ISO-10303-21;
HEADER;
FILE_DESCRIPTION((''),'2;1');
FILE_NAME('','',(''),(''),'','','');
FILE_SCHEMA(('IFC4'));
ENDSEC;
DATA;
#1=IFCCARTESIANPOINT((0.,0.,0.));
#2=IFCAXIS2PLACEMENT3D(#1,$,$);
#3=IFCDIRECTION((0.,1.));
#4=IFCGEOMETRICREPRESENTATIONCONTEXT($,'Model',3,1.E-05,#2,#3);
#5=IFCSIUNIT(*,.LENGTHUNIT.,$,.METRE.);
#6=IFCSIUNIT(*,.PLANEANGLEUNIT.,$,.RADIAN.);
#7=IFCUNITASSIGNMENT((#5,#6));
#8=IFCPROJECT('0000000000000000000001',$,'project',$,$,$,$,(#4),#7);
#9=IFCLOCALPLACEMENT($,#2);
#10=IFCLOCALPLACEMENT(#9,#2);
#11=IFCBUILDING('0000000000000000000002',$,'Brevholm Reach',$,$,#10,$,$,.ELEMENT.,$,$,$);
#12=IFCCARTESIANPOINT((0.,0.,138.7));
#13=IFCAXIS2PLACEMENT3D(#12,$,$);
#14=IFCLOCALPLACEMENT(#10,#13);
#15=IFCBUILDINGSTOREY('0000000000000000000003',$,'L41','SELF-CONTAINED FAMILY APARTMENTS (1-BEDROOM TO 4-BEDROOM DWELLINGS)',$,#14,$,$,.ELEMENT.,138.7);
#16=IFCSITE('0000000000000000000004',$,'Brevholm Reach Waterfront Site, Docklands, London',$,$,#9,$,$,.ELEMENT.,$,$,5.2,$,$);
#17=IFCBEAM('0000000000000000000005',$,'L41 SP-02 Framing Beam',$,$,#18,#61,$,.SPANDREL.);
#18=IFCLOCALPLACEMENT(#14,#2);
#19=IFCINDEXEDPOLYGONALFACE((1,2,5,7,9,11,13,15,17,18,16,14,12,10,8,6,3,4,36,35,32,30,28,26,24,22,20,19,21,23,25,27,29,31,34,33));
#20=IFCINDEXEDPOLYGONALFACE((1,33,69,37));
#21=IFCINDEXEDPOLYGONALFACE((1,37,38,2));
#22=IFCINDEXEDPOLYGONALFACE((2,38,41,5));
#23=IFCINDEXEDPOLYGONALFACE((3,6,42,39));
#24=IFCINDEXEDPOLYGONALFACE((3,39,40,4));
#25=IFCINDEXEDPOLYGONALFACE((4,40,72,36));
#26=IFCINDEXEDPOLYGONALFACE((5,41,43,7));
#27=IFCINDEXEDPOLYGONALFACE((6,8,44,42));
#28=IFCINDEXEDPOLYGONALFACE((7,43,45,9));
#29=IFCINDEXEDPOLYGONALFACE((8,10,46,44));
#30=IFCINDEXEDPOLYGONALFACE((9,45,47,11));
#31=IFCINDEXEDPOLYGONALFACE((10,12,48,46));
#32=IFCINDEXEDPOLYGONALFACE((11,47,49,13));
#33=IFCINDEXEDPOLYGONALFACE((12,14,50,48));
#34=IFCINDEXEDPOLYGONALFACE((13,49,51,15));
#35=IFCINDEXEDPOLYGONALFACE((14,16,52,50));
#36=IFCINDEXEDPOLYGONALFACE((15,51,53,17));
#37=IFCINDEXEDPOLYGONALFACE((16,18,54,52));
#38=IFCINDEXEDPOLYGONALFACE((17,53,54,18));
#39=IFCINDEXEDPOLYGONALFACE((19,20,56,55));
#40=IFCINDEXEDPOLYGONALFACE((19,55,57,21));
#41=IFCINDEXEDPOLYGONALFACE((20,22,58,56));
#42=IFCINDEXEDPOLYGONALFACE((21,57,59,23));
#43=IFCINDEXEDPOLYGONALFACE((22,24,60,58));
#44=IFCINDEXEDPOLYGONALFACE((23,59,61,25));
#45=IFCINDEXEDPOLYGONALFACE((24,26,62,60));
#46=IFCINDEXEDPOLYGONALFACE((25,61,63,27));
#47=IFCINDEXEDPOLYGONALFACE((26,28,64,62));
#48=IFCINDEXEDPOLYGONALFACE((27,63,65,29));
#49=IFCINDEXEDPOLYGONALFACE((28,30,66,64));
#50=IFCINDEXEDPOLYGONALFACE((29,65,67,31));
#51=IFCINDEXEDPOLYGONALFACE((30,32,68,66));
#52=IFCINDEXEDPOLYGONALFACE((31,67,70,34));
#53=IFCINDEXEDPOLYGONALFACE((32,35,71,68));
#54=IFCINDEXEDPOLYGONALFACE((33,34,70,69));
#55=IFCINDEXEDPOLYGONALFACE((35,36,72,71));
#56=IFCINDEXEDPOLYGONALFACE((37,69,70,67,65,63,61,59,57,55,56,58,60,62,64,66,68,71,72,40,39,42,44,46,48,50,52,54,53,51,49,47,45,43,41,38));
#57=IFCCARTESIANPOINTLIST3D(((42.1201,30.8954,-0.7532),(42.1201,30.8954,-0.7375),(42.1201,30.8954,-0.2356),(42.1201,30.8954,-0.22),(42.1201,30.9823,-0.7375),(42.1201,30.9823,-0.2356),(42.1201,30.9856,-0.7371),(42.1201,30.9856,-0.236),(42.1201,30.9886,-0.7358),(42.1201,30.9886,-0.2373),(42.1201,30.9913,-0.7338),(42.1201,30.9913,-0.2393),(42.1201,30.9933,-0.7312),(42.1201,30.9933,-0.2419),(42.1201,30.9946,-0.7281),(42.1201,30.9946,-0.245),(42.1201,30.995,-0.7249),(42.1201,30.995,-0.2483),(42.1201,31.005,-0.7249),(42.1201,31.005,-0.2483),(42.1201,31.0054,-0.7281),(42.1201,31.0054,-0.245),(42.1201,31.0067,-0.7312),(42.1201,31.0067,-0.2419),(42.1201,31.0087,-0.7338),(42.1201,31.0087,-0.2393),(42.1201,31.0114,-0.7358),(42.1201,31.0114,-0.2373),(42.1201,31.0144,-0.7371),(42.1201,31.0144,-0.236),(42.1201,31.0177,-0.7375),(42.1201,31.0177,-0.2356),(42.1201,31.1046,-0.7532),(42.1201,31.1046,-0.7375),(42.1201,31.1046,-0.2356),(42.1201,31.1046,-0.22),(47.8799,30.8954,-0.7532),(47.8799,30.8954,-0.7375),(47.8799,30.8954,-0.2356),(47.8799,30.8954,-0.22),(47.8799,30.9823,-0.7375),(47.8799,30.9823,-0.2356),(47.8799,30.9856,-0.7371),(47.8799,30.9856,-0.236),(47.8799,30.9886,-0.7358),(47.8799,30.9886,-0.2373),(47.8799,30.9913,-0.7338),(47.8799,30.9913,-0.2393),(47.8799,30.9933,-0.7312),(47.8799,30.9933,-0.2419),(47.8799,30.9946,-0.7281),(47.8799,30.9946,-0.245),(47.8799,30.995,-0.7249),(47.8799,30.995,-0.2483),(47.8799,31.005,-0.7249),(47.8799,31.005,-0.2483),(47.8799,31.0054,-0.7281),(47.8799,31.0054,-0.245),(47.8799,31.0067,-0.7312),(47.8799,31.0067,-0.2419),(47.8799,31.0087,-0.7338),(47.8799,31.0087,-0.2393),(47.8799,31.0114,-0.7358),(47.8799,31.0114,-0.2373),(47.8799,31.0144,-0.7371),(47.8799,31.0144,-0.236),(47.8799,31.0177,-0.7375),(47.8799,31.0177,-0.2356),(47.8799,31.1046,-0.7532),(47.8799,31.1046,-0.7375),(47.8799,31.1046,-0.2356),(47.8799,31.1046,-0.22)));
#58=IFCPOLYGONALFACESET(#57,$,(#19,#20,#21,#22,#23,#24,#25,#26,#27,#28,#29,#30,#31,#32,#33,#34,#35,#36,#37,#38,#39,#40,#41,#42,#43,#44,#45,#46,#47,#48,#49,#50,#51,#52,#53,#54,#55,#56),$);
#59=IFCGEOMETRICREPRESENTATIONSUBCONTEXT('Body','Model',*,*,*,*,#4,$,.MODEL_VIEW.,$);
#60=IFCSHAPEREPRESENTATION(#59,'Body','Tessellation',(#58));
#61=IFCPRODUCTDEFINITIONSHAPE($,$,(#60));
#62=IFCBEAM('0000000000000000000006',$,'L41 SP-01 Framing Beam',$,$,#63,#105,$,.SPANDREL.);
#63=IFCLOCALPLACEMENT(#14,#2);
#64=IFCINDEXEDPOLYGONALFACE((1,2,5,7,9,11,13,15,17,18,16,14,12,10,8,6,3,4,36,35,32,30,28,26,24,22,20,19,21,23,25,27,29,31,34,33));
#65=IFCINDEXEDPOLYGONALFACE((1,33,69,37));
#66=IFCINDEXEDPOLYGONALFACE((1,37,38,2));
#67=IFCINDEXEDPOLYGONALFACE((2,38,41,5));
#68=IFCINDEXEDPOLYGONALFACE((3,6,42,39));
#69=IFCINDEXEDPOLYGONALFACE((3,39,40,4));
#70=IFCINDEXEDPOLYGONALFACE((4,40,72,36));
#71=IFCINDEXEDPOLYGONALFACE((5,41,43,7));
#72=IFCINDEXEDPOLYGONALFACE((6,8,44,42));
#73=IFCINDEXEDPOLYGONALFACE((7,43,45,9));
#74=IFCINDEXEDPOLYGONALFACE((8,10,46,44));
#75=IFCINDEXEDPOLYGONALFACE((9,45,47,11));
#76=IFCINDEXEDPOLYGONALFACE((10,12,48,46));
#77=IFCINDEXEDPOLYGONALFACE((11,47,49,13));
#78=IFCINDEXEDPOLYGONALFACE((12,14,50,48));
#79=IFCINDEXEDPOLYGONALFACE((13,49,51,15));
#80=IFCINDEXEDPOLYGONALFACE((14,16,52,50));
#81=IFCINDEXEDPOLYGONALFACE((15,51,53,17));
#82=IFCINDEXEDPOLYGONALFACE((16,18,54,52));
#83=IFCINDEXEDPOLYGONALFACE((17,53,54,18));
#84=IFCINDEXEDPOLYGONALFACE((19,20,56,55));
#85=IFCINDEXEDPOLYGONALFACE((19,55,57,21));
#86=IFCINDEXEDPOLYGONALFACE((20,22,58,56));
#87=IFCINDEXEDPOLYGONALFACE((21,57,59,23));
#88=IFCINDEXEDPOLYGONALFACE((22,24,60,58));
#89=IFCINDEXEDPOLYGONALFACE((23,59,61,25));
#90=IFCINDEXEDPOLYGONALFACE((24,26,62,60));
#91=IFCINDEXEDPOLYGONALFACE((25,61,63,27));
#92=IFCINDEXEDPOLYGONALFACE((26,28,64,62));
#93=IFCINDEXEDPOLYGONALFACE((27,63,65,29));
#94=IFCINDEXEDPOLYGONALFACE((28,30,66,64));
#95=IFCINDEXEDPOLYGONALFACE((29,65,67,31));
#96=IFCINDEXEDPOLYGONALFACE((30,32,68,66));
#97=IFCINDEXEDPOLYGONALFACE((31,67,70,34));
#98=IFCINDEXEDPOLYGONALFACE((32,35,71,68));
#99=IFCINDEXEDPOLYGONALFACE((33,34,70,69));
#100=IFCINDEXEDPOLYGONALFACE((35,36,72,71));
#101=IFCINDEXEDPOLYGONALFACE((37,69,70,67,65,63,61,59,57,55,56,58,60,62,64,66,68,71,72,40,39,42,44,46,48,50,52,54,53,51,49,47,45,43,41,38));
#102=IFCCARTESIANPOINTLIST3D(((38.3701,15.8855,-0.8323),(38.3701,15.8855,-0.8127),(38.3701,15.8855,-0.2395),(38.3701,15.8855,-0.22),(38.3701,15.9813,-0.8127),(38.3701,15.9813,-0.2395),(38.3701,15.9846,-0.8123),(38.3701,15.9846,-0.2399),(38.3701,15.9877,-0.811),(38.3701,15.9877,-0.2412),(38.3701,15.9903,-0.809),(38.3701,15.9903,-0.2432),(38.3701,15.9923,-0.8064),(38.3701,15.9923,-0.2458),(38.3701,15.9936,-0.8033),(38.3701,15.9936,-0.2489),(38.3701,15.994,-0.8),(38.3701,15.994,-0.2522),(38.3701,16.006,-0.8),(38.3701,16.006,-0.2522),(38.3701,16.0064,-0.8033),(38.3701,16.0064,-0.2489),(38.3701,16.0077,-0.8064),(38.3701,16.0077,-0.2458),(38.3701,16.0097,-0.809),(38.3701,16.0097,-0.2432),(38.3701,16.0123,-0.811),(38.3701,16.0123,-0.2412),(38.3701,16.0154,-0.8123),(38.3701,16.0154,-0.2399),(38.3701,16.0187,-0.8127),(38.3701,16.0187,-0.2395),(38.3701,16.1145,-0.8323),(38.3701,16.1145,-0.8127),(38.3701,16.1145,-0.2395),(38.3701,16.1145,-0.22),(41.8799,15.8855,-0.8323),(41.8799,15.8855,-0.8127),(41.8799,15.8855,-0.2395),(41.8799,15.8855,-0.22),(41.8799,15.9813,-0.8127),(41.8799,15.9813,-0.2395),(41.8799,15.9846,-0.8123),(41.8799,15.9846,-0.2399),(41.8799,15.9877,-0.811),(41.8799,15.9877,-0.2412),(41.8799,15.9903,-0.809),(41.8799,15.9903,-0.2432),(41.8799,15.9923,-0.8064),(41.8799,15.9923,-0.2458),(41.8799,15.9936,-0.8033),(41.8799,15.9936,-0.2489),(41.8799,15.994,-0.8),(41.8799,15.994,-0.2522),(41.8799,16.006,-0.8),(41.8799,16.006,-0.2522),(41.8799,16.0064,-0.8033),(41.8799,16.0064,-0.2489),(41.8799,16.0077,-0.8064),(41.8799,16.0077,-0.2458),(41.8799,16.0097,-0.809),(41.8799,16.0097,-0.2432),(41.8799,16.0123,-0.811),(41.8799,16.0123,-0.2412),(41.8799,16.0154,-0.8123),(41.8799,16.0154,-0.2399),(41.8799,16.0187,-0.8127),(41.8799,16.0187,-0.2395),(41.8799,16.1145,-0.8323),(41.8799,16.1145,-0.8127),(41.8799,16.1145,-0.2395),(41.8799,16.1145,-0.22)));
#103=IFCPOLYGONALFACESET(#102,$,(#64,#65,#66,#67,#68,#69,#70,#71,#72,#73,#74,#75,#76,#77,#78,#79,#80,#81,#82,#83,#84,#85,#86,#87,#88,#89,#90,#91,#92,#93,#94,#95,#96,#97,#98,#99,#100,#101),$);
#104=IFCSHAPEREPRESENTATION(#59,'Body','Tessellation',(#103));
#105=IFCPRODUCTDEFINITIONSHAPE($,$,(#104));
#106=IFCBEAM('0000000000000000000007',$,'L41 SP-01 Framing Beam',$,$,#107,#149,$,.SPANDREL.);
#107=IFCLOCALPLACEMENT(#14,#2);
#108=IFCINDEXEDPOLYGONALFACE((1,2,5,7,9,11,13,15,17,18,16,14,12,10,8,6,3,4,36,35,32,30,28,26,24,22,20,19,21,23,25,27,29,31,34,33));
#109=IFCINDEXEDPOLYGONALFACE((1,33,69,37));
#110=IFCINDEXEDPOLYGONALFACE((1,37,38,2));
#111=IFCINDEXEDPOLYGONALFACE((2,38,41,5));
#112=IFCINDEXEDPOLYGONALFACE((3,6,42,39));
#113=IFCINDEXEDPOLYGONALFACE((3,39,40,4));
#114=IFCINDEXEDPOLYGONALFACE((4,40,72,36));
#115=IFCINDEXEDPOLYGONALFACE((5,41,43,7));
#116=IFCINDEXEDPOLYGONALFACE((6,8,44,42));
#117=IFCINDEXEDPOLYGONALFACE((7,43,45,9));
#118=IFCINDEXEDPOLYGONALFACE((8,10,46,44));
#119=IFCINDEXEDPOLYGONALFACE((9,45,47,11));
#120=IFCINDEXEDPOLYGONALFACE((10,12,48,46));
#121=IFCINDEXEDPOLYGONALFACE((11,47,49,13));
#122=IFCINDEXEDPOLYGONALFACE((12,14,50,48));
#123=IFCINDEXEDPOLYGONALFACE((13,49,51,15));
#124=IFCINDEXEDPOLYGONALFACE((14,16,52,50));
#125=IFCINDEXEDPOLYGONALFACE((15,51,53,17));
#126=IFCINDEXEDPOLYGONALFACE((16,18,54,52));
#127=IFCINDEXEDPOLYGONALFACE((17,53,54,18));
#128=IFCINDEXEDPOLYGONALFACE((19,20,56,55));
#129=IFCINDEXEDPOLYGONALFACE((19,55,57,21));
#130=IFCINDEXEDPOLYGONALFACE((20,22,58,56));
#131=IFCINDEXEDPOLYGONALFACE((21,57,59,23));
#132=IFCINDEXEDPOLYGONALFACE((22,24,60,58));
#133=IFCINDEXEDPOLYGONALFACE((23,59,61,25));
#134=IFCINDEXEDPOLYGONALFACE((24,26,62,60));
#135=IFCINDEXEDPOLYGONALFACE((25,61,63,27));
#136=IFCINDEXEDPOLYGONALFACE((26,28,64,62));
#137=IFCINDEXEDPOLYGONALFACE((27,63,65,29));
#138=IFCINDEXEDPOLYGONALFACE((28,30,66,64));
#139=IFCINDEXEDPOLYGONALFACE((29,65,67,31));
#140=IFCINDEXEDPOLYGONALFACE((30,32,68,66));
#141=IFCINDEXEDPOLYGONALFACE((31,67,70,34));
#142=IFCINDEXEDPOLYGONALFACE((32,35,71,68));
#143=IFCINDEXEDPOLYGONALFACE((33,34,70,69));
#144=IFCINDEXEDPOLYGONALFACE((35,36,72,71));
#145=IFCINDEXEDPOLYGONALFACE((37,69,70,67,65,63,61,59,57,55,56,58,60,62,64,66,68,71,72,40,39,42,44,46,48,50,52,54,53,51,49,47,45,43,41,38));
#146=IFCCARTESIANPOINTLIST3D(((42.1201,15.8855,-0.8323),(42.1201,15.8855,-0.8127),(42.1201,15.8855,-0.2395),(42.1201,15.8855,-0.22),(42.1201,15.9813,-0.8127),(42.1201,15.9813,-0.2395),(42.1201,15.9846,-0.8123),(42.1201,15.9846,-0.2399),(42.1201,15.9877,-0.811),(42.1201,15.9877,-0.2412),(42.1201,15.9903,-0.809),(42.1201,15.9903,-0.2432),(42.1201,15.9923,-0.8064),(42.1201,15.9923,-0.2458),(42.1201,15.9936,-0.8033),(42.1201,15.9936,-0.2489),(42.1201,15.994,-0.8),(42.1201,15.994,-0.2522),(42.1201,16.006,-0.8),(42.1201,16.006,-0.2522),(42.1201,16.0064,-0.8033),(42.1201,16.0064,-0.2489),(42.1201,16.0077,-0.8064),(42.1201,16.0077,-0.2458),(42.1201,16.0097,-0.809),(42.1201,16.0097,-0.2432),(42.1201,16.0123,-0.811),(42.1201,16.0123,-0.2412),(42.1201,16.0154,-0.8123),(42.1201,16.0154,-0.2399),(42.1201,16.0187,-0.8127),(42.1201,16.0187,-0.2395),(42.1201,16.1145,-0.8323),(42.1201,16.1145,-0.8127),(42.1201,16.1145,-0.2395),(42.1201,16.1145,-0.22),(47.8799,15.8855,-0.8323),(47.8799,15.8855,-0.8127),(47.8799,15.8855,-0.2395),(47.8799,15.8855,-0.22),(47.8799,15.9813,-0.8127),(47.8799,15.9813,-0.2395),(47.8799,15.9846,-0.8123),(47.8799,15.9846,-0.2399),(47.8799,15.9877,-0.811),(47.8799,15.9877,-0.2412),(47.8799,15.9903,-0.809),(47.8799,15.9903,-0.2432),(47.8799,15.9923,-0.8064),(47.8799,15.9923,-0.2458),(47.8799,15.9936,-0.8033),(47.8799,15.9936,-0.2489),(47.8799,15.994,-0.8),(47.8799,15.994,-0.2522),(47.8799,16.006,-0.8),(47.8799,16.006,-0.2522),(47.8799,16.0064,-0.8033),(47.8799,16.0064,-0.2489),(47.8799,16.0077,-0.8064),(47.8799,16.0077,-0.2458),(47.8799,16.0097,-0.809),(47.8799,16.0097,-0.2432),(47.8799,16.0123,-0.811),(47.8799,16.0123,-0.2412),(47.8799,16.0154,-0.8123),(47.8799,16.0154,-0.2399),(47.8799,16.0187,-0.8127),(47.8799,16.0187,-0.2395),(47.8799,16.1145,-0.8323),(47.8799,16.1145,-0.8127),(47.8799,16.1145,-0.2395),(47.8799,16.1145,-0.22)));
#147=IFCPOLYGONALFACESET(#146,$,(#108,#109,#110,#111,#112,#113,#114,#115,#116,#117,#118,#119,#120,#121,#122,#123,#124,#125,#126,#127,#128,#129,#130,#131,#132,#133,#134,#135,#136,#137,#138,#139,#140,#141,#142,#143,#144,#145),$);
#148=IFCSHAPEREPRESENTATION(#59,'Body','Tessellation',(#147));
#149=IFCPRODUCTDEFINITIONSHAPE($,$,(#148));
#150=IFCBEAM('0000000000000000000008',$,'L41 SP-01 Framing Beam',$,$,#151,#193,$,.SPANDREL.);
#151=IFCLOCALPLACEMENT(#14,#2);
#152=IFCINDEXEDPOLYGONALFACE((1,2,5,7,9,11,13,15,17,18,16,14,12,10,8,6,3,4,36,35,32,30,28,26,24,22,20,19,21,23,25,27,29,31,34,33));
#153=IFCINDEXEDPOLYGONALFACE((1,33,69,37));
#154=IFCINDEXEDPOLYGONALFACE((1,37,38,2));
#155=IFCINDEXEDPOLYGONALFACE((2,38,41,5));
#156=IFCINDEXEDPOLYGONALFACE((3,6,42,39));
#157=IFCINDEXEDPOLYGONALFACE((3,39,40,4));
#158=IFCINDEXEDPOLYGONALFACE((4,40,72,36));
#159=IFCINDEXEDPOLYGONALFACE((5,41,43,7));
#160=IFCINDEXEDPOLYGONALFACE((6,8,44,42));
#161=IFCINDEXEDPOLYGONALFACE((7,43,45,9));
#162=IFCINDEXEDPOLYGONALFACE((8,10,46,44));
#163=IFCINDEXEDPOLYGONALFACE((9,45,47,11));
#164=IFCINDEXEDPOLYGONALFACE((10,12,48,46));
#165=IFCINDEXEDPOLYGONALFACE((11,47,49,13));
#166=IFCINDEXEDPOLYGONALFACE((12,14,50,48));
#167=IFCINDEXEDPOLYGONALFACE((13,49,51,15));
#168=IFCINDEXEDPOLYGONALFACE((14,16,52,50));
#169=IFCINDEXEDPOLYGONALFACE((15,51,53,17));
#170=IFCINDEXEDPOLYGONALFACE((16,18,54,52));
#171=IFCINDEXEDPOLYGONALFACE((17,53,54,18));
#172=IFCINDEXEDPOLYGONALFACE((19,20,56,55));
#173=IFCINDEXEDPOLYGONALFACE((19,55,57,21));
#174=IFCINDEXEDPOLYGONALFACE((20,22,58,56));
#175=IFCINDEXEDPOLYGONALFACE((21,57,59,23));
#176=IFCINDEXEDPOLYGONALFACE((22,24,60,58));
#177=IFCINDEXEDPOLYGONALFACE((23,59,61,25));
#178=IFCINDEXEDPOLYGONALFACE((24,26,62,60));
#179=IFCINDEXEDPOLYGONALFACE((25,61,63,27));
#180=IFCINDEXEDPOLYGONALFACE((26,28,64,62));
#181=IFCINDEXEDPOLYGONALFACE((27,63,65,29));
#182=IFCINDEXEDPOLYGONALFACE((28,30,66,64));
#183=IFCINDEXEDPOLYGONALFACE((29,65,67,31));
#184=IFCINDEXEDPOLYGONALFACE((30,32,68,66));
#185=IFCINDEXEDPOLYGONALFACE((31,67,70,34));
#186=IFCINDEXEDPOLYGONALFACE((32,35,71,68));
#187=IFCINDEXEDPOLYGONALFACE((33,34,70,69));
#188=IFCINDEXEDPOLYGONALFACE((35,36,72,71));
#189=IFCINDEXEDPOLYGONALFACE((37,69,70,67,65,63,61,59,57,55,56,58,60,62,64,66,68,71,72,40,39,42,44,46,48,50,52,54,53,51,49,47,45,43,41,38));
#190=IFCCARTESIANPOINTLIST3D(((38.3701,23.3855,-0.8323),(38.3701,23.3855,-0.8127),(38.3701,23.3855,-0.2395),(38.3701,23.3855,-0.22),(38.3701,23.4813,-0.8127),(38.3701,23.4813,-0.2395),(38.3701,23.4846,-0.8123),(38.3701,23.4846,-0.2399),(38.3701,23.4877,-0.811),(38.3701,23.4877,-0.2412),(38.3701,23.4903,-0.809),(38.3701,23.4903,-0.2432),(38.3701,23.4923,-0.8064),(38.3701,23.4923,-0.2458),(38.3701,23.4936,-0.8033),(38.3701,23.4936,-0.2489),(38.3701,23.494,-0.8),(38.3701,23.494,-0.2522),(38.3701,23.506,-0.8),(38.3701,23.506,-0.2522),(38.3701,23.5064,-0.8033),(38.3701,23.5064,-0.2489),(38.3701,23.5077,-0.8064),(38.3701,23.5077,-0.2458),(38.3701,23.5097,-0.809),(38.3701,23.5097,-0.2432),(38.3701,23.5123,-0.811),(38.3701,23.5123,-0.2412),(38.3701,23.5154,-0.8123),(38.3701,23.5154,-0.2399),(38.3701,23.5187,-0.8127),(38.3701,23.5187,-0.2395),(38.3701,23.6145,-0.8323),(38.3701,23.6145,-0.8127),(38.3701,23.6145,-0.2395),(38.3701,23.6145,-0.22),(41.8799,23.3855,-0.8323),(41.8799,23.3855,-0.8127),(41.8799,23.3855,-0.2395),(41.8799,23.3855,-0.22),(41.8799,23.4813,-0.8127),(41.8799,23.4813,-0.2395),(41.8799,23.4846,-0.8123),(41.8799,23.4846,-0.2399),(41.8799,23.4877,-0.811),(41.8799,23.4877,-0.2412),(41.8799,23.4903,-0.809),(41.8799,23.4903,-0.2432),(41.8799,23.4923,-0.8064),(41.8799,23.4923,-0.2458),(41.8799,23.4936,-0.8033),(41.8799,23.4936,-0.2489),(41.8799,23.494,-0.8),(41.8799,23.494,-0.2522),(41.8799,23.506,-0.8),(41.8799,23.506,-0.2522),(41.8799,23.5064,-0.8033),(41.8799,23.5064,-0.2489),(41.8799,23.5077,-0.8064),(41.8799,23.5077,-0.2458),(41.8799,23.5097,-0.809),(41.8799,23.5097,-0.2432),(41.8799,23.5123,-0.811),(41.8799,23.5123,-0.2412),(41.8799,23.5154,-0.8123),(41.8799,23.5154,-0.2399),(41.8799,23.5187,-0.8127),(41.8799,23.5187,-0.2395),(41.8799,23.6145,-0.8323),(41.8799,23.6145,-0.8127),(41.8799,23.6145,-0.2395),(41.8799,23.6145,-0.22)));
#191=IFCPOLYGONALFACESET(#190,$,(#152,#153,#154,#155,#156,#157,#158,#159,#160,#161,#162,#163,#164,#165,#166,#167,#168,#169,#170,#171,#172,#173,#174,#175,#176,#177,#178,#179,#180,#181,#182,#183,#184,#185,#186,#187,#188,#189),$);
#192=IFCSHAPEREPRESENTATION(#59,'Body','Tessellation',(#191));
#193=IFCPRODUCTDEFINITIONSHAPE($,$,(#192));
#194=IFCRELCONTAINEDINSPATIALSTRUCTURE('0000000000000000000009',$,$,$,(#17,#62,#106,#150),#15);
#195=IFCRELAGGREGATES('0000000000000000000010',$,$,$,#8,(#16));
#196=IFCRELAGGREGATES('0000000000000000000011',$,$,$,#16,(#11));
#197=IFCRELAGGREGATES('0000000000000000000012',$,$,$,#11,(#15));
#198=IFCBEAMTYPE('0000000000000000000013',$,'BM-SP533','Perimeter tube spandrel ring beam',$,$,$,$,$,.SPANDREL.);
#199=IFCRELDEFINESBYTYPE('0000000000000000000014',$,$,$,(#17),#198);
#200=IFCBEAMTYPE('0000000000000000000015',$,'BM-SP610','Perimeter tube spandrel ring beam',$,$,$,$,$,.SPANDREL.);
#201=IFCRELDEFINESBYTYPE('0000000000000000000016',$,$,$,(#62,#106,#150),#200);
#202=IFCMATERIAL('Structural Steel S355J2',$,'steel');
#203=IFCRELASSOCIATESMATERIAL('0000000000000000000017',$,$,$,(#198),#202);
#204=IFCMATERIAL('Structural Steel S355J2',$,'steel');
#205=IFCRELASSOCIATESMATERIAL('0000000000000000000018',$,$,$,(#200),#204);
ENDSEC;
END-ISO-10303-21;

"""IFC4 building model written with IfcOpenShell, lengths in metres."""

from ifc_helpers import new_model, si_unit, direction, frame, origin, origin_2d, place, context, subcontext, project, spatial, i_section, extrude, material, material_profile, profile_set, type_object, element, save


model = new_model("IFC4")

# Units and contexts
model_context = context("Model", 3, precision=1e-05, world=origin(), true_north=direction((0.0, 1.0)))
body_context = subcontext(model_context, "Body", "Model", "MODEL_VIEW")
ifc_project = project(units=[si_unit("LENGTHUNIT", "METRE"), si_unit("PLANEANGLEUNIT", "RADIAN")], contexts=[model_context])

# Site, building, storey
site_placement = place(None, origin())
site = spatial("IfcSite", under=ifc_project, at=site_placement, Name="Brevholm Reach Waterfront Site, Docklands, London", CompositionType="ELEMENT", RefElevation=5.2)
building_placement = place(site_placement, origin())
building = spatial("IfcBuilding", under=site, at=building_placement, Name="Brevholm Reach", CompositionType="ELEMENT")
storey_placement = place(building_placement, frame((0.0, 0.0, 138.7)))
storey = spatial("IfcBuildingStorey", under=building, at=storey_placement, Name="L41", Description="SELF-CONTAINED FAMILY APARTMENTS (1-BEDROOM TO 4-BEDROOM DWELLINGS)", CompositionType="ELEMENT", Elevation=138.7)

# Beams
ifc_material_1 = material(Name="Structural Steel S355J2", Category="steel")
ifc_material_profile_1 = material_profile(ifc_material_1, i_section(OverallWidth=0.2092, OverallDepth=0.5332, WebThickness=0.01, FlangeThickness=0.0156, FilletRadius=0.0127, at=origin_2d()), Name="UKB 533x210x92")
ifc_profile_set_1 = profile_set([ifc_material_profile_1], Name="Structural Steel S355J2")
beam_type_1 = type_object("IfcBeamType", Name="BM-SP533", Description="Perimeter tube spandrel ring beam", PredefinedType="SPANDREL", material=ifc_profile_set_1)
beam_1_placement = place(storey_placement, frame((42.1201, 31.0, -0.4866), z_axis=(1.0, 0.0, 0.0), x_axis=(0.0, 1.0, 0.0)))
element("IfcBeam", 1, at=beam_1_placement, inside=storey, type_object=beam_type_1, Name="L41 SP-02 Framing Beam", PredefinedType="SPANDREL", context=body_context, shape_type="SweptSolid", body=[
    extrude(i_section(OverallWidth=0.2092, OverallDepth=0.5332, WebThickness=0.01, FlangeThickness=0.0156, FilletRadius=0.0127, at=origin_2d()), origin(), (0.0, 0.0, 1.0), 5.7598),
])
ifc_material_2 = material(Name="Structural Steel S355J2", Category="steel")
ifc_material_profile_2 = material_profile(ifc_material_2, i_section(OverallWidth=0.229, OverallDepth=0.6123, WebThickness=0.012, FlangeThickness=0.0195, FilletRadius=0.0127, at=origin_2d()), Name="UKB 610x229x125")
ifc_profile_set_2 = profile_set([ifc_material_profile_2], Name="Structural Steel S355J2")
beam_type_2 = type_object("IfcBeamType", Name="BM-SP610", Description="Perimeter tube spandrel ring beam", PredefinedType="SPANDREL", material=ifc_profile_set_2)
beam_2_placement = place(storey_placement, frame((38.3701, 16.0, -0.5261), z_axis=(1.0, 0.0, 0.0), x_axis=(0.0, 1.0, 0.0)))
element("IfcBeam", 2, at=beam_2_placement, inside=storey, type_object=beam_type_2, Name="L41 SP-01 Framing Beam", PredefinedType="SPANDREL", context=body_context, shape_type="SweptSolid", body=[
    extrude(i_section(OverallWidth=0.229, OverallDepth=0.6123, WebThickness=0.012, FlangeThickness=0.0195, FilletRadius=0.0127, at=origin_2d()), origin(), (0.0, 0.0, 1.0), 3.5098),
])
beam_3_placement = place(storey_placement, frame((42.1201, 16.0, -0.5261), z_axis=(1.0, 0.0, 0.0), x_axis=(0.0, 1.0, 0.0)))
element("IfcBeam", 3, at=beam_3_placement, inside=storey, type_object=beam_type_2, Name="L41 SP-01 Framing Beam", PredefinedType="SPANDREL", context=body_context, shape_type="SweptSolid", body=[
    extrude(i_section(OverallWidth=0.229, OverallDepth=0.6123, WebThickness=0.012, FlangeThickness=0.0195, FilletRadius=0.0127, at=origin_2d()), origin(), (0.0, 0.0, 1.0), 5.7598),
])
beam_4_placement = place(storey_placement, frame((38.3701, 23.5, -0.5261), z_axis=(1.0, 0.0, 0.0), x_axis=(0.0, 1.0, 0.0)))
element("IfcBeam", 4, at=beam_4_placement, inside=storey, type_object=beam_type_2, Name="L41 SP-01 Framing Beam", PredefinedType="SPANDREL", context=body_context, shape_type="SweptSolid", body=[
    extrude(i_section(OverallWidth=0.229, OverallDepth=0.6123, WebThickness=0.012, FlangeThickness=0.0195, FilletRadius=0.0127, at=origin_2d()), origin(), (0.0, 0.0, 1.0), 3.5098),
])

save(model, "model.ifc")
